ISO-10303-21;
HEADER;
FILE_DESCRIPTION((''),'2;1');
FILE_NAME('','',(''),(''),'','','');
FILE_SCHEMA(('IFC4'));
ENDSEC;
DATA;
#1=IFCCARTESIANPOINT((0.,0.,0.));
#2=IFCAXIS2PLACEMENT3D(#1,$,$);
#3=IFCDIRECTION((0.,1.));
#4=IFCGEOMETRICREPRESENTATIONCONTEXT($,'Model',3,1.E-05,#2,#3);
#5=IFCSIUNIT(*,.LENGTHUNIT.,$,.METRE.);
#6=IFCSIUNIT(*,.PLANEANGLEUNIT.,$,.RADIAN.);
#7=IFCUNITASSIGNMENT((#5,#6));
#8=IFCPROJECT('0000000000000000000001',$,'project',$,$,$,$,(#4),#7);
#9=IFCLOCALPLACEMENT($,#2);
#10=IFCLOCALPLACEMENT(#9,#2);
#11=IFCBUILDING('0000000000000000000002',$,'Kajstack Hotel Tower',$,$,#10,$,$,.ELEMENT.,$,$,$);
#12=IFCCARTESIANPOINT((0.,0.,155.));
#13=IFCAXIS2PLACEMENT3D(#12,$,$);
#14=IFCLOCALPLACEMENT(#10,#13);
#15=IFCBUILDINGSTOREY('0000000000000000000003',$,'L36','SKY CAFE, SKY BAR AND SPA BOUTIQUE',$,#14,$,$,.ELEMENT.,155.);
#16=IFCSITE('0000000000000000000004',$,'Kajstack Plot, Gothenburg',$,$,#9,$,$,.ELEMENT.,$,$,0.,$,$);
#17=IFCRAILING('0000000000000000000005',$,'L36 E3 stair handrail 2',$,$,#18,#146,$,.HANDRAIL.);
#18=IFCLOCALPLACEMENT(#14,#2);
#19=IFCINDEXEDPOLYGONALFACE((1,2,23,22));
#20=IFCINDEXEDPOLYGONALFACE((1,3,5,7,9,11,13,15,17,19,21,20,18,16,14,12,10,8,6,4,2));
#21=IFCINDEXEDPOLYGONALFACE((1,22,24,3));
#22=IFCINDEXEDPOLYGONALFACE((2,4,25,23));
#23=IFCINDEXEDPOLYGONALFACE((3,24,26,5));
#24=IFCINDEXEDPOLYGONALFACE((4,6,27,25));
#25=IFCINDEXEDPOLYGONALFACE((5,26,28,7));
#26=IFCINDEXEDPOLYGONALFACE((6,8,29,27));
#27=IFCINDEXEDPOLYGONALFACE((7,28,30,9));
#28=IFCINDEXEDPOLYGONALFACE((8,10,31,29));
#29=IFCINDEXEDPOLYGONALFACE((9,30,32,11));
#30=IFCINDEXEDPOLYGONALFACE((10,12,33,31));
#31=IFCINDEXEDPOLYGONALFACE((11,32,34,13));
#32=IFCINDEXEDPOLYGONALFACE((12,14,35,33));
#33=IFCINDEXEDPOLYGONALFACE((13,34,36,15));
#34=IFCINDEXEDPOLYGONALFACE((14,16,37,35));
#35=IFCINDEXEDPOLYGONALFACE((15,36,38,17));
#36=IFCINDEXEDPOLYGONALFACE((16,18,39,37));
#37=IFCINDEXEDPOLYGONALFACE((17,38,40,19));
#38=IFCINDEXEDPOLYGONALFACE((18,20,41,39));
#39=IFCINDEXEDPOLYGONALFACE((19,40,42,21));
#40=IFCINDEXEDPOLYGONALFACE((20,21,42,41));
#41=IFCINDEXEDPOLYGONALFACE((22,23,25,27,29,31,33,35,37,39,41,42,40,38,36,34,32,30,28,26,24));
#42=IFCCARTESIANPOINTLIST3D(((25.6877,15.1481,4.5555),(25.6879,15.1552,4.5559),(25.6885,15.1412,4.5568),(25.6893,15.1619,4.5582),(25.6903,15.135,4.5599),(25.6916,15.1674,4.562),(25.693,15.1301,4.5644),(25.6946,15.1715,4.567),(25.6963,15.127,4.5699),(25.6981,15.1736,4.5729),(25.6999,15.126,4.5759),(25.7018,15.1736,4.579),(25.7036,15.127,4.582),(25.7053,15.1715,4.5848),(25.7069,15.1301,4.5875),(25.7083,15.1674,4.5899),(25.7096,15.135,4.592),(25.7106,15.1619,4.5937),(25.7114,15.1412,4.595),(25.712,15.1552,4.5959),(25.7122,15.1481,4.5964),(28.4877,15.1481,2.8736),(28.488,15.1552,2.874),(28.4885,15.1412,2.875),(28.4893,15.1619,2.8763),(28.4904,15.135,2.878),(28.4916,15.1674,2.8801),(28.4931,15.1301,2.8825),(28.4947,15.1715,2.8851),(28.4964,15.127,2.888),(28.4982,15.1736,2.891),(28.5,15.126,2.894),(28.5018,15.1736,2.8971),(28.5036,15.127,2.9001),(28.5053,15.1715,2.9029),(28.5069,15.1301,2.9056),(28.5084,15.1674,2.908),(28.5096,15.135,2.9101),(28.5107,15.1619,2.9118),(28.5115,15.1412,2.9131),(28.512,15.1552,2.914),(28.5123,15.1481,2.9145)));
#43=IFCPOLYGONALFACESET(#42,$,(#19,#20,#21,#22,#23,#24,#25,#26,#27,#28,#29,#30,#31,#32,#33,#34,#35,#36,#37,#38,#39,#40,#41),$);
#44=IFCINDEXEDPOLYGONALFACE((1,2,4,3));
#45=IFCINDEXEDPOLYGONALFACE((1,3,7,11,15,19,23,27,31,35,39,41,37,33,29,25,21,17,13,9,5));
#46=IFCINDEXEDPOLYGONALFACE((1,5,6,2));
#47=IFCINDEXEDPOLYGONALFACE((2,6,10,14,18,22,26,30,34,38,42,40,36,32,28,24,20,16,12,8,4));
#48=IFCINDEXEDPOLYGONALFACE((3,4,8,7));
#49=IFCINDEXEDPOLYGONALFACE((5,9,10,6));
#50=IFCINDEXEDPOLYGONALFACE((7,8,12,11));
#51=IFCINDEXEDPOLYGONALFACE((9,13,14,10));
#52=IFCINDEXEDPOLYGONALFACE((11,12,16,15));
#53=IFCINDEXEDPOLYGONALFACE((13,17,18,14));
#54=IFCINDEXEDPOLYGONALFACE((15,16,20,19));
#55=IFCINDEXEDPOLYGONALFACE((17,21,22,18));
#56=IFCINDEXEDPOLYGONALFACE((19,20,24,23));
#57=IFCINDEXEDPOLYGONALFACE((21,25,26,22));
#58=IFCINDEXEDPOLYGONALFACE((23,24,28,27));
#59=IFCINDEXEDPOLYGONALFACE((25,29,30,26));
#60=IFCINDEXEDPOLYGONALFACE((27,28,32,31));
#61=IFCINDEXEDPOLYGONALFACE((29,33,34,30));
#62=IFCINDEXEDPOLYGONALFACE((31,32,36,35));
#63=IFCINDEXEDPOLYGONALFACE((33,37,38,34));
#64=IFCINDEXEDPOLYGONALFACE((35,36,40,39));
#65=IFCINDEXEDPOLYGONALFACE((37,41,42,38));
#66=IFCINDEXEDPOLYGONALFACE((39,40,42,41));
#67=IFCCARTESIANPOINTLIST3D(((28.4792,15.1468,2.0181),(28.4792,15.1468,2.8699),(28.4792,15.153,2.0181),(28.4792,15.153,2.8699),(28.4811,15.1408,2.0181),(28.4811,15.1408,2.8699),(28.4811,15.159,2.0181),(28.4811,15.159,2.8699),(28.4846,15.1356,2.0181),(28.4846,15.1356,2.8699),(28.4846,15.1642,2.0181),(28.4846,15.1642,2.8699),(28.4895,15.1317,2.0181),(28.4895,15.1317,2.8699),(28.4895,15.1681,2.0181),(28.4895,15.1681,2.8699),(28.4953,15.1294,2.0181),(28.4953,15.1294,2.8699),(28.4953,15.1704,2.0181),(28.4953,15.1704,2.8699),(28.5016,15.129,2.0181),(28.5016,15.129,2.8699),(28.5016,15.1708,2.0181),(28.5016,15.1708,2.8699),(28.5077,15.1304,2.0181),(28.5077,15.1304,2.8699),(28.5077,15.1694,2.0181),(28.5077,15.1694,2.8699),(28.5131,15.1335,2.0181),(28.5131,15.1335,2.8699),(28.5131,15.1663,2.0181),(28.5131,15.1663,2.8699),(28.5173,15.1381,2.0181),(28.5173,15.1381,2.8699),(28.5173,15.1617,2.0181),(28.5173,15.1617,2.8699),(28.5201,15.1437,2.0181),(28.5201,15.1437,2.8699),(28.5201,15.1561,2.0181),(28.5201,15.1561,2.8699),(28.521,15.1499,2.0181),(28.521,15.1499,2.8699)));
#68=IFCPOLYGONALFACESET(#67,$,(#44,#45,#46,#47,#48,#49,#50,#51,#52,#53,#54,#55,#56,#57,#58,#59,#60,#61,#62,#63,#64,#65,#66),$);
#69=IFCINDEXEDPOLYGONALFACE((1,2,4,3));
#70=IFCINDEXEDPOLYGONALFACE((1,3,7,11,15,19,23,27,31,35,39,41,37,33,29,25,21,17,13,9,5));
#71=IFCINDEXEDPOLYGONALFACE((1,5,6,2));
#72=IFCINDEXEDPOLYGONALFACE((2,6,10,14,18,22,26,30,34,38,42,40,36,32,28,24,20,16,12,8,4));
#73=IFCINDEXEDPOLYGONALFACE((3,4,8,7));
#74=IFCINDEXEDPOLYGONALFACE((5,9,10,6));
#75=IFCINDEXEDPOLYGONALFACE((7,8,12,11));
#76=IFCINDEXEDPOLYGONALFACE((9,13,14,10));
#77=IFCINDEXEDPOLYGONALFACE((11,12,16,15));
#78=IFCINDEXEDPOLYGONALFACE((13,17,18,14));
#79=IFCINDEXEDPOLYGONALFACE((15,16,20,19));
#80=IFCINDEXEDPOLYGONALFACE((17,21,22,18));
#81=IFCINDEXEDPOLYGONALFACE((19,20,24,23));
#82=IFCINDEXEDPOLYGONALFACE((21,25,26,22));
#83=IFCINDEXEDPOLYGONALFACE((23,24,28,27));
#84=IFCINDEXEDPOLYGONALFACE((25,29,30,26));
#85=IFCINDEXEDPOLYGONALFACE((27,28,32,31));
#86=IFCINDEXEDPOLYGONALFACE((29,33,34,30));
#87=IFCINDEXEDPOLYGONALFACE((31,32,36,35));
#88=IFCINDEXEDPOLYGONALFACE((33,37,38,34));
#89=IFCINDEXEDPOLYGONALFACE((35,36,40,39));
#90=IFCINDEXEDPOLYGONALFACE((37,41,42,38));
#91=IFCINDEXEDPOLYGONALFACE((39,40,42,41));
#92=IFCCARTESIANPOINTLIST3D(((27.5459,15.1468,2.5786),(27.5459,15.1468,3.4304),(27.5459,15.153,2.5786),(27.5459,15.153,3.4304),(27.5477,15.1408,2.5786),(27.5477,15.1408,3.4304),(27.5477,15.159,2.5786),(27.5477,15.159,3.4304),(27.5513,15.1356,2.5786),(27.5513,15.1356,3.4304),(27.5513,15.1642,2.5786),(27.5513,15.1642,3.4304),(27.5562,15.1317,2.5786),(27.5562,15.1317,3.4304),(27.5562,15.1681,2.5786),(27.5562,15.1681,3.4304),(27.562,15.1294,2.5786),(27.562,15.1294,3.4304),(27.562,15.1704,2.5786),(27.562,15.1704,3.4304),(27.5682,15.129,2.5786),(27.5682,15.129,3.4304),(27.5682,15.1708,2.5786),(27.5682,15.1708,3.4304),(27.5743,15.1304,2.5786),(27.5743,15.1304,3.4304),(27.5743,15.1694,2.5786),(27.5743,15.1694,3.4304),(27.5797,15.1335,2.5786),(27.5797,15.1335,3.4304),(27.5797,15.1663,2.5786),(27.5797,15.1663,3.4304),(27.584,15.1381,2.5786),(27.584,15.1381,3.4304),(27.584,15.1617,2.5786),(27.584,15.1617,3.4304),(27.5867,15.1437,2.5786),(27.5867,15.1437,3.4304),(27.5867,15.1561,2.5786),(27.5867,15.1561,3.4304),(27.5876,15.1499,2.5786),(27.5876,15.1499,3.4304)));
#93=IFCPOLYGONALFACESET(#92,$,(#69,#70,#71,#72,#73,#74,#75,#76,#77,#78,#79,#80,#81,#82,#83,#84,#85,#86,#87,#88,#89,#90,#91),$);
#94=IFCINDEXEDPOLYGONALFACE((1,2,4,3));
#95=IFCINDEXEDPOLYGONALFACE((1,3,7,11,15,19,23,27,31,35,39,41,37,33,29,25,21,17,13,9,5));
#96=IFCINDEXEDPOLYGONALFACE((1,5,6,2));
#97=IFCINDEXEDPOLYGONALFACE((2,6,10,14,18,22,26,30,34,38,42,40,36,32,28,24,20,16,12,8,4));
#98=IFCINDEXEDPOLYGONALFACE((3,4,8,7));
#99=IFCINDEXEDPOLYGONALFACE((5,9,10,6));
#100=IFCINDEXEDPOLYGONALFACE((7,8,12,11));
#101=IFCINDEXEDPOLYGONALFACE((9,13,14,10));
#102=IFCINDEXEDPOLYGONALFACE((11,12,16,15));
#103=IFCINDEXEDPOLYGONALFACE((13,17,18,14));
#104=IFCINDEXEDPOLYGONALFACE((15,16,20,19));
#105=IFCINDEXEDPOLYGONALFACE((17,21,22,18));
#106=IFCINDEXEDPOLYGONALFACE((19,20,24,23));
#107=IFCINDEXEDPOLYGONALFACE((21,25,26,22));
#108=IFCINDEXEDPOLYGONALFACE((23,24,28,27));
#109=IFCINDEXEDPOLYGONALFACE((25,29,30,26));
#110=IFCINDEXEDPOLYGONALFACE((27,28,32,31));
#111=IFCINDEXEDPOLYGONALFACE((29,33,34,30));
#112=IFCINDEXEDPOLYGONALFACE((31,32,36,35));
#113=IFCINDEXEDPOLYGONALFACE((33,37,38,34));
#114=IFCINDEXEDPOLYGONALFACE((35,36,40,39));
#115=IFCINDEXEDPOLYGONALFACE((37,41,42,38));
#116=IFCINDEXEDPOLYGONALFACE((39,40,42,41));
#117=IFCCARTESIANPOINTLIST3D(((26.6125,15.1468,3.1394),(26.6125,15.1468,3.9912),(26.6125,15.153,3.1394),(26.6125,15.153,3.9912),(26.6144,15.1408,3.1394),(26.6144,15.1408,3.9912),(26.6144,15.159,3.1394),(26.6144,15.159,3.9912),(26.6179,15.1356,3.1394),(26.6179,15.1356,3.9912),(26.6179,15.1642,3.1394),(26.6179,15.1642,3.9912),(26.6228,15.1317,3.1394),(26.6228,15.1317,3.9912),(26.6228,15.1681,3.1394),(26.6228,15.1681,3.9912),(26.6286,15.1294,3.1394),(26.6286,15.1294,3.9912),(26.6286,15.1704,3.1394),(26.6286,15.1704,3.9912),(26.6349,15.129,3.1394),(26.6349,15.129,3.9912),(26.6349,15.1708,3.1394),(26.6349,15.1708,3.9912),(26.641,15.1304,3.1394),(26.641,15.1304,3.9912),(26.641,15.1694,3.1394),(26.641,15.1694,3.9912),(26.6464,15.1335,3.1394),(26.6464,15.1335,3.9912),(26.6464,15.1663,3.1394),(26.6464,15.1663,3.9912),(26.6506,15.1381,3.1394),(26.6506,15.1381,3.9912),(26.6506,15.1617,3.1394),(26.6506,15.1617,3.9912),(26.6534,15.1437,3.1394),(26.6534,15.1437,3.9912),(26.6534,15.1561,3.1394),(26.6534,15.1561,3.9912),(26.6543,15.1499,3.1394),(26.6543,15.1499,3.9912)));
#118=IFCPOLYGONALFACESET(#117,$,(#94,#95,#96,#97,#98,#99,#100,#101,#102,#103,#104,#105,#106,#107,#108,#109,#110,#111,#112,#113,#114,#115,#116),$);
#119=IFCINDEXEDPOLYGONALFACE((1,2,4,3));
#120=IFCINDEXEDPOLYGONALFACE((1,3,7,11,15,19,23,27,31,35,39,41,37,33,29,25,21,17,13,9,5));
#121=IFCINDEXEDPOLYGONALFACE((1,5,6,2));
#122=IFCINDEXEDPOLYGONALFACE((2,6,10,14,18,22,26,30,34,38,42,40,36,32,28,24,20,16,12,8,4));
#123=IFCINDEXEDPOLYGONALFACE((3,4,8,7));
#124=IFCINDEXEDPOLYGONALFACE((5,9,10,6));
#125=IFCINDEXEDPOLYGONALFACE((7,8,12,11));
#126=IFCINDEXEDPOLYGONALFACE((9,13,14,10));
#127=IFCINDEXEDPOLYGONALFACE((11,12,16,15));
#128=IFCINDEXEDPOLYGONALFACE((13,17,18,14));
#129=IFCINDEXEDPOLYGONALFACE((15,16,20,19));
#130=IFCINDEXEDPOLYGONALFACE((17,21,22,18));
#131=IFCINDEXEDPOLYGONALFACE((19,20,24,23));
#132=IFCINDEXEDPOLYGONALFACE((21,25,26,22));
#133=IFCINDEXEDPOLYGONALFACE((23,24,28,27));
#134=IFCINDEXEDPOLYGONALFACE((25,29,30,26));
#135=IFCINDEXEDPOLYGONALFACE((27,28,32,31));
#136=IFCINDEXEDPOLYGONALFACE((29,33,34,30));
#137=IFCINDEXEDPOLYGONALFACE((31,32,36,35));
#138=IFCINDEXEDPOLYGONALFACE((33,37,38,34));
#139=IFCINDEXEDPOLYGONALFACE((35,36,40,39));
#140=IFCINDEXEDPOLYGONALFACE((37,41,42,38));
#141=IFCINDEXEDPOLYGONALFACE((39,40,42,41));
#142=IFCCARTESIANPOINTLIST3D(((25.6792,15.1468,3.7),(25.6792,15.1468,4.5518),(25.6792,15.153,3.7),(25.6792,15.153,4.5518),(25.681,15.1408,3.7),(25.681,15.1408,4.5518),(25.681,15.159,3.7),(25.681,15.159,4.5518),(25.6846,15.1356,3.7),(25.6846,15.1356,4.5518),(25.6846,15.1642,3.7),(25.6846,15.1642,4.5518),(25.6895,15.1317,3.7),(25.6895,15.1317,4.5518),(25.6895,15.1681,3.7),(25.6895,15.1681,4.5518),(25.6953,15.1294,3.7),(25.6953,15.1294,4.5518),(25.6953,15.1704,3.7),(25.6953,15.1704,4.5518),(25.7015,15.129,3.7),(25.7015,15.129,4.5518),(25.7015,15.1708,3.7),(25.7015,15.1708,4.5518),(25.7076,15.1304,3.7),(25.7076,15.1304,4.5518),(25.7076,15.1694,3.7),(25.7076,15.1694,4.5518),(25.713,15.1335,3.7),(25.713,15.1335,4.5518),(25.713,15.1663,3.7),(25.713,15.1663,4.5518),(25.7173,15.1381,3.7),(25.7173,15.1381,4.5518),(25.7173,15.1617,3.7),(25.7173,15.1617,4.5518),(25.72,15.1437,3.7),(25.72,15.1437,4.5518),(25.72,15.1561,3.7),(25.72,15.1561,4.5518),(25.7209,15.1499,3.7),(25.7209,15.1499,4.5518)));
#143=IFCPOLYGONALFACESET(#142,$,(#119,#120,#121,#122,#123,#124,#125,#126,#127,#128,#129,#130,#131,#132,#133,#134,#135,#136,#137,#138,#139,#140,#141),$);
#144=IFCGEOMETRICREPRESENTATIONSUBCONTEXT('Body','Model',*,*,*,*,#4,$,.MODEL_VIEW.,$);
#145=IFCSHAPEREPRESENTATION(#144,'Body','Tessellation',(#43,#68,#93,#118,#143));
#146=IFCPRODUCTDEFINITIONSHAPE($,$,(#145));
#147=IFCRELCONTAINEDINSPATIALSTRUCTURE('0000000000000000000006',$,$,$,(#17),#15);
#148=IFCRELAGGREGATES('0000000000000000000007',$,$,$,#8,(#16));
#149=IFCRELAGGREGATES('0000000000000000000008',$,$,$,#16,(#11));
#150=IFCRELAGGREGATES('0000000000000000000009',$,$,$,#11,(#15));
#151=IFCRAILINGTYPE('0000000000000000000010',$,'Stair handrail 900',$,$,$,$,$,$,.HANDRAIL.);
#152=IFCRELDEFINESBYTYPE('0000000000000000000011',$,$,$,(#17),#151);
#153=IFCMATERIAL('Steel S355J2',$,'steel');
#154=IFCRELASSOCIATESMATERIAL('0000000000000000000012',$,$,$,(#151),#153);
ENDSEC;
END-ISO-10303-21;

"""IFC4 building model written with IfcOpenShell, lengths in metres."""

from ifc_helpers import new_model, si_unit, direction, frame, origin, origin_2d, place, context, subcontext, project, spatial, circle, extrude, material, type_object, element, save


model = new_model("IFC4")

# Units and contexts
model_context = context("Model", 3, precision=1e-05, world=origin(), true_north=direction((0.0, 1.0)))
body_context = subcontext(model_context, "Body", "Model", "MODEL_VIEW")
ifc_project = project(units=[si_unit("LENGTHUNIT", "METRE"), si_unit("PLANEANGLEUNIT", "RADIAN")], contexts=[model_context])

# Site, building, storey
site_placement = place(None, origin())
site = spatial("IfcSite", under=ifc_project, at=site_placement, Name="Kajstack Plot, Gothenburg", CompositionType="ELEMENT", RefElevation=0.0)
building_placement = place(site_placement, origin())
building = spatial("IfcBuilding", under=site, at=building_placement, Name="Kajstack Hotel Tower", CompositionType="ELEMENT")
storey_placement = place(building_placement, frame((0.0, 0.0, 155.0)))
storey = spatial("IfcBuildingStorey", under=building, at=storey_placement, Name="L36", Description="SKY CAFE, SKY BAR AND SPA BOUTIQUE", CompositionType="ELEMENT", Elevation=155.0)

# Railing
ifc_material_1 = material(Name="Steel S355J2", Category="steel")
railing_type_1 = type_object("IfcRailingType", Name="Stair handrail 900", PredefinedType="HANDRAIL", material=ifc_material_1)
railing_1_placement = place(storey_placement, frame((28.5, 15.1499, 2.0181)))
element("IfcRailing", 1, at=railing_1_placement, inside=storey, type_object=railing_type_1, Name="L36 E3 stair handrail 2", PredefinedType="HANDRAIL", context=body_context, shape_type="SweptSolid", body=[
    extrude(circle(Radius=0.0239, at=origin_2d()), frame((0.0, 0.0, 0.876), z_axis=(-0.857242, 0.0, 0.514913), x_axis=(0.0, -1.0, 0.0)), (0.0, 0.0, 1.0), 3.2664),
    extrude(circle(Radius=0.021, at=origin_2d()), origin(), (0.0, 0.0, 1.0), 0.8518),
    extrude(circle(Radius=0.021, at=origin_2d()), frame((-0.9333, 0.0, 0.5605)), (0.0, 0.0, 1.0), 0.8518),
    extrude(circle(Radius=0.021, at=origin_2d()), frame((-1.8667, 0.0, 1.1213)), (0.0, 0.0, 1.0), 0.8518),
    extrude(circle(Radius=0.021, at=origin_2d()), frame((-2.8, 0.0, 1.6819)), (0.0, 0.0, 1.0), 0.8518),
])

save(model, "model.ifc")
